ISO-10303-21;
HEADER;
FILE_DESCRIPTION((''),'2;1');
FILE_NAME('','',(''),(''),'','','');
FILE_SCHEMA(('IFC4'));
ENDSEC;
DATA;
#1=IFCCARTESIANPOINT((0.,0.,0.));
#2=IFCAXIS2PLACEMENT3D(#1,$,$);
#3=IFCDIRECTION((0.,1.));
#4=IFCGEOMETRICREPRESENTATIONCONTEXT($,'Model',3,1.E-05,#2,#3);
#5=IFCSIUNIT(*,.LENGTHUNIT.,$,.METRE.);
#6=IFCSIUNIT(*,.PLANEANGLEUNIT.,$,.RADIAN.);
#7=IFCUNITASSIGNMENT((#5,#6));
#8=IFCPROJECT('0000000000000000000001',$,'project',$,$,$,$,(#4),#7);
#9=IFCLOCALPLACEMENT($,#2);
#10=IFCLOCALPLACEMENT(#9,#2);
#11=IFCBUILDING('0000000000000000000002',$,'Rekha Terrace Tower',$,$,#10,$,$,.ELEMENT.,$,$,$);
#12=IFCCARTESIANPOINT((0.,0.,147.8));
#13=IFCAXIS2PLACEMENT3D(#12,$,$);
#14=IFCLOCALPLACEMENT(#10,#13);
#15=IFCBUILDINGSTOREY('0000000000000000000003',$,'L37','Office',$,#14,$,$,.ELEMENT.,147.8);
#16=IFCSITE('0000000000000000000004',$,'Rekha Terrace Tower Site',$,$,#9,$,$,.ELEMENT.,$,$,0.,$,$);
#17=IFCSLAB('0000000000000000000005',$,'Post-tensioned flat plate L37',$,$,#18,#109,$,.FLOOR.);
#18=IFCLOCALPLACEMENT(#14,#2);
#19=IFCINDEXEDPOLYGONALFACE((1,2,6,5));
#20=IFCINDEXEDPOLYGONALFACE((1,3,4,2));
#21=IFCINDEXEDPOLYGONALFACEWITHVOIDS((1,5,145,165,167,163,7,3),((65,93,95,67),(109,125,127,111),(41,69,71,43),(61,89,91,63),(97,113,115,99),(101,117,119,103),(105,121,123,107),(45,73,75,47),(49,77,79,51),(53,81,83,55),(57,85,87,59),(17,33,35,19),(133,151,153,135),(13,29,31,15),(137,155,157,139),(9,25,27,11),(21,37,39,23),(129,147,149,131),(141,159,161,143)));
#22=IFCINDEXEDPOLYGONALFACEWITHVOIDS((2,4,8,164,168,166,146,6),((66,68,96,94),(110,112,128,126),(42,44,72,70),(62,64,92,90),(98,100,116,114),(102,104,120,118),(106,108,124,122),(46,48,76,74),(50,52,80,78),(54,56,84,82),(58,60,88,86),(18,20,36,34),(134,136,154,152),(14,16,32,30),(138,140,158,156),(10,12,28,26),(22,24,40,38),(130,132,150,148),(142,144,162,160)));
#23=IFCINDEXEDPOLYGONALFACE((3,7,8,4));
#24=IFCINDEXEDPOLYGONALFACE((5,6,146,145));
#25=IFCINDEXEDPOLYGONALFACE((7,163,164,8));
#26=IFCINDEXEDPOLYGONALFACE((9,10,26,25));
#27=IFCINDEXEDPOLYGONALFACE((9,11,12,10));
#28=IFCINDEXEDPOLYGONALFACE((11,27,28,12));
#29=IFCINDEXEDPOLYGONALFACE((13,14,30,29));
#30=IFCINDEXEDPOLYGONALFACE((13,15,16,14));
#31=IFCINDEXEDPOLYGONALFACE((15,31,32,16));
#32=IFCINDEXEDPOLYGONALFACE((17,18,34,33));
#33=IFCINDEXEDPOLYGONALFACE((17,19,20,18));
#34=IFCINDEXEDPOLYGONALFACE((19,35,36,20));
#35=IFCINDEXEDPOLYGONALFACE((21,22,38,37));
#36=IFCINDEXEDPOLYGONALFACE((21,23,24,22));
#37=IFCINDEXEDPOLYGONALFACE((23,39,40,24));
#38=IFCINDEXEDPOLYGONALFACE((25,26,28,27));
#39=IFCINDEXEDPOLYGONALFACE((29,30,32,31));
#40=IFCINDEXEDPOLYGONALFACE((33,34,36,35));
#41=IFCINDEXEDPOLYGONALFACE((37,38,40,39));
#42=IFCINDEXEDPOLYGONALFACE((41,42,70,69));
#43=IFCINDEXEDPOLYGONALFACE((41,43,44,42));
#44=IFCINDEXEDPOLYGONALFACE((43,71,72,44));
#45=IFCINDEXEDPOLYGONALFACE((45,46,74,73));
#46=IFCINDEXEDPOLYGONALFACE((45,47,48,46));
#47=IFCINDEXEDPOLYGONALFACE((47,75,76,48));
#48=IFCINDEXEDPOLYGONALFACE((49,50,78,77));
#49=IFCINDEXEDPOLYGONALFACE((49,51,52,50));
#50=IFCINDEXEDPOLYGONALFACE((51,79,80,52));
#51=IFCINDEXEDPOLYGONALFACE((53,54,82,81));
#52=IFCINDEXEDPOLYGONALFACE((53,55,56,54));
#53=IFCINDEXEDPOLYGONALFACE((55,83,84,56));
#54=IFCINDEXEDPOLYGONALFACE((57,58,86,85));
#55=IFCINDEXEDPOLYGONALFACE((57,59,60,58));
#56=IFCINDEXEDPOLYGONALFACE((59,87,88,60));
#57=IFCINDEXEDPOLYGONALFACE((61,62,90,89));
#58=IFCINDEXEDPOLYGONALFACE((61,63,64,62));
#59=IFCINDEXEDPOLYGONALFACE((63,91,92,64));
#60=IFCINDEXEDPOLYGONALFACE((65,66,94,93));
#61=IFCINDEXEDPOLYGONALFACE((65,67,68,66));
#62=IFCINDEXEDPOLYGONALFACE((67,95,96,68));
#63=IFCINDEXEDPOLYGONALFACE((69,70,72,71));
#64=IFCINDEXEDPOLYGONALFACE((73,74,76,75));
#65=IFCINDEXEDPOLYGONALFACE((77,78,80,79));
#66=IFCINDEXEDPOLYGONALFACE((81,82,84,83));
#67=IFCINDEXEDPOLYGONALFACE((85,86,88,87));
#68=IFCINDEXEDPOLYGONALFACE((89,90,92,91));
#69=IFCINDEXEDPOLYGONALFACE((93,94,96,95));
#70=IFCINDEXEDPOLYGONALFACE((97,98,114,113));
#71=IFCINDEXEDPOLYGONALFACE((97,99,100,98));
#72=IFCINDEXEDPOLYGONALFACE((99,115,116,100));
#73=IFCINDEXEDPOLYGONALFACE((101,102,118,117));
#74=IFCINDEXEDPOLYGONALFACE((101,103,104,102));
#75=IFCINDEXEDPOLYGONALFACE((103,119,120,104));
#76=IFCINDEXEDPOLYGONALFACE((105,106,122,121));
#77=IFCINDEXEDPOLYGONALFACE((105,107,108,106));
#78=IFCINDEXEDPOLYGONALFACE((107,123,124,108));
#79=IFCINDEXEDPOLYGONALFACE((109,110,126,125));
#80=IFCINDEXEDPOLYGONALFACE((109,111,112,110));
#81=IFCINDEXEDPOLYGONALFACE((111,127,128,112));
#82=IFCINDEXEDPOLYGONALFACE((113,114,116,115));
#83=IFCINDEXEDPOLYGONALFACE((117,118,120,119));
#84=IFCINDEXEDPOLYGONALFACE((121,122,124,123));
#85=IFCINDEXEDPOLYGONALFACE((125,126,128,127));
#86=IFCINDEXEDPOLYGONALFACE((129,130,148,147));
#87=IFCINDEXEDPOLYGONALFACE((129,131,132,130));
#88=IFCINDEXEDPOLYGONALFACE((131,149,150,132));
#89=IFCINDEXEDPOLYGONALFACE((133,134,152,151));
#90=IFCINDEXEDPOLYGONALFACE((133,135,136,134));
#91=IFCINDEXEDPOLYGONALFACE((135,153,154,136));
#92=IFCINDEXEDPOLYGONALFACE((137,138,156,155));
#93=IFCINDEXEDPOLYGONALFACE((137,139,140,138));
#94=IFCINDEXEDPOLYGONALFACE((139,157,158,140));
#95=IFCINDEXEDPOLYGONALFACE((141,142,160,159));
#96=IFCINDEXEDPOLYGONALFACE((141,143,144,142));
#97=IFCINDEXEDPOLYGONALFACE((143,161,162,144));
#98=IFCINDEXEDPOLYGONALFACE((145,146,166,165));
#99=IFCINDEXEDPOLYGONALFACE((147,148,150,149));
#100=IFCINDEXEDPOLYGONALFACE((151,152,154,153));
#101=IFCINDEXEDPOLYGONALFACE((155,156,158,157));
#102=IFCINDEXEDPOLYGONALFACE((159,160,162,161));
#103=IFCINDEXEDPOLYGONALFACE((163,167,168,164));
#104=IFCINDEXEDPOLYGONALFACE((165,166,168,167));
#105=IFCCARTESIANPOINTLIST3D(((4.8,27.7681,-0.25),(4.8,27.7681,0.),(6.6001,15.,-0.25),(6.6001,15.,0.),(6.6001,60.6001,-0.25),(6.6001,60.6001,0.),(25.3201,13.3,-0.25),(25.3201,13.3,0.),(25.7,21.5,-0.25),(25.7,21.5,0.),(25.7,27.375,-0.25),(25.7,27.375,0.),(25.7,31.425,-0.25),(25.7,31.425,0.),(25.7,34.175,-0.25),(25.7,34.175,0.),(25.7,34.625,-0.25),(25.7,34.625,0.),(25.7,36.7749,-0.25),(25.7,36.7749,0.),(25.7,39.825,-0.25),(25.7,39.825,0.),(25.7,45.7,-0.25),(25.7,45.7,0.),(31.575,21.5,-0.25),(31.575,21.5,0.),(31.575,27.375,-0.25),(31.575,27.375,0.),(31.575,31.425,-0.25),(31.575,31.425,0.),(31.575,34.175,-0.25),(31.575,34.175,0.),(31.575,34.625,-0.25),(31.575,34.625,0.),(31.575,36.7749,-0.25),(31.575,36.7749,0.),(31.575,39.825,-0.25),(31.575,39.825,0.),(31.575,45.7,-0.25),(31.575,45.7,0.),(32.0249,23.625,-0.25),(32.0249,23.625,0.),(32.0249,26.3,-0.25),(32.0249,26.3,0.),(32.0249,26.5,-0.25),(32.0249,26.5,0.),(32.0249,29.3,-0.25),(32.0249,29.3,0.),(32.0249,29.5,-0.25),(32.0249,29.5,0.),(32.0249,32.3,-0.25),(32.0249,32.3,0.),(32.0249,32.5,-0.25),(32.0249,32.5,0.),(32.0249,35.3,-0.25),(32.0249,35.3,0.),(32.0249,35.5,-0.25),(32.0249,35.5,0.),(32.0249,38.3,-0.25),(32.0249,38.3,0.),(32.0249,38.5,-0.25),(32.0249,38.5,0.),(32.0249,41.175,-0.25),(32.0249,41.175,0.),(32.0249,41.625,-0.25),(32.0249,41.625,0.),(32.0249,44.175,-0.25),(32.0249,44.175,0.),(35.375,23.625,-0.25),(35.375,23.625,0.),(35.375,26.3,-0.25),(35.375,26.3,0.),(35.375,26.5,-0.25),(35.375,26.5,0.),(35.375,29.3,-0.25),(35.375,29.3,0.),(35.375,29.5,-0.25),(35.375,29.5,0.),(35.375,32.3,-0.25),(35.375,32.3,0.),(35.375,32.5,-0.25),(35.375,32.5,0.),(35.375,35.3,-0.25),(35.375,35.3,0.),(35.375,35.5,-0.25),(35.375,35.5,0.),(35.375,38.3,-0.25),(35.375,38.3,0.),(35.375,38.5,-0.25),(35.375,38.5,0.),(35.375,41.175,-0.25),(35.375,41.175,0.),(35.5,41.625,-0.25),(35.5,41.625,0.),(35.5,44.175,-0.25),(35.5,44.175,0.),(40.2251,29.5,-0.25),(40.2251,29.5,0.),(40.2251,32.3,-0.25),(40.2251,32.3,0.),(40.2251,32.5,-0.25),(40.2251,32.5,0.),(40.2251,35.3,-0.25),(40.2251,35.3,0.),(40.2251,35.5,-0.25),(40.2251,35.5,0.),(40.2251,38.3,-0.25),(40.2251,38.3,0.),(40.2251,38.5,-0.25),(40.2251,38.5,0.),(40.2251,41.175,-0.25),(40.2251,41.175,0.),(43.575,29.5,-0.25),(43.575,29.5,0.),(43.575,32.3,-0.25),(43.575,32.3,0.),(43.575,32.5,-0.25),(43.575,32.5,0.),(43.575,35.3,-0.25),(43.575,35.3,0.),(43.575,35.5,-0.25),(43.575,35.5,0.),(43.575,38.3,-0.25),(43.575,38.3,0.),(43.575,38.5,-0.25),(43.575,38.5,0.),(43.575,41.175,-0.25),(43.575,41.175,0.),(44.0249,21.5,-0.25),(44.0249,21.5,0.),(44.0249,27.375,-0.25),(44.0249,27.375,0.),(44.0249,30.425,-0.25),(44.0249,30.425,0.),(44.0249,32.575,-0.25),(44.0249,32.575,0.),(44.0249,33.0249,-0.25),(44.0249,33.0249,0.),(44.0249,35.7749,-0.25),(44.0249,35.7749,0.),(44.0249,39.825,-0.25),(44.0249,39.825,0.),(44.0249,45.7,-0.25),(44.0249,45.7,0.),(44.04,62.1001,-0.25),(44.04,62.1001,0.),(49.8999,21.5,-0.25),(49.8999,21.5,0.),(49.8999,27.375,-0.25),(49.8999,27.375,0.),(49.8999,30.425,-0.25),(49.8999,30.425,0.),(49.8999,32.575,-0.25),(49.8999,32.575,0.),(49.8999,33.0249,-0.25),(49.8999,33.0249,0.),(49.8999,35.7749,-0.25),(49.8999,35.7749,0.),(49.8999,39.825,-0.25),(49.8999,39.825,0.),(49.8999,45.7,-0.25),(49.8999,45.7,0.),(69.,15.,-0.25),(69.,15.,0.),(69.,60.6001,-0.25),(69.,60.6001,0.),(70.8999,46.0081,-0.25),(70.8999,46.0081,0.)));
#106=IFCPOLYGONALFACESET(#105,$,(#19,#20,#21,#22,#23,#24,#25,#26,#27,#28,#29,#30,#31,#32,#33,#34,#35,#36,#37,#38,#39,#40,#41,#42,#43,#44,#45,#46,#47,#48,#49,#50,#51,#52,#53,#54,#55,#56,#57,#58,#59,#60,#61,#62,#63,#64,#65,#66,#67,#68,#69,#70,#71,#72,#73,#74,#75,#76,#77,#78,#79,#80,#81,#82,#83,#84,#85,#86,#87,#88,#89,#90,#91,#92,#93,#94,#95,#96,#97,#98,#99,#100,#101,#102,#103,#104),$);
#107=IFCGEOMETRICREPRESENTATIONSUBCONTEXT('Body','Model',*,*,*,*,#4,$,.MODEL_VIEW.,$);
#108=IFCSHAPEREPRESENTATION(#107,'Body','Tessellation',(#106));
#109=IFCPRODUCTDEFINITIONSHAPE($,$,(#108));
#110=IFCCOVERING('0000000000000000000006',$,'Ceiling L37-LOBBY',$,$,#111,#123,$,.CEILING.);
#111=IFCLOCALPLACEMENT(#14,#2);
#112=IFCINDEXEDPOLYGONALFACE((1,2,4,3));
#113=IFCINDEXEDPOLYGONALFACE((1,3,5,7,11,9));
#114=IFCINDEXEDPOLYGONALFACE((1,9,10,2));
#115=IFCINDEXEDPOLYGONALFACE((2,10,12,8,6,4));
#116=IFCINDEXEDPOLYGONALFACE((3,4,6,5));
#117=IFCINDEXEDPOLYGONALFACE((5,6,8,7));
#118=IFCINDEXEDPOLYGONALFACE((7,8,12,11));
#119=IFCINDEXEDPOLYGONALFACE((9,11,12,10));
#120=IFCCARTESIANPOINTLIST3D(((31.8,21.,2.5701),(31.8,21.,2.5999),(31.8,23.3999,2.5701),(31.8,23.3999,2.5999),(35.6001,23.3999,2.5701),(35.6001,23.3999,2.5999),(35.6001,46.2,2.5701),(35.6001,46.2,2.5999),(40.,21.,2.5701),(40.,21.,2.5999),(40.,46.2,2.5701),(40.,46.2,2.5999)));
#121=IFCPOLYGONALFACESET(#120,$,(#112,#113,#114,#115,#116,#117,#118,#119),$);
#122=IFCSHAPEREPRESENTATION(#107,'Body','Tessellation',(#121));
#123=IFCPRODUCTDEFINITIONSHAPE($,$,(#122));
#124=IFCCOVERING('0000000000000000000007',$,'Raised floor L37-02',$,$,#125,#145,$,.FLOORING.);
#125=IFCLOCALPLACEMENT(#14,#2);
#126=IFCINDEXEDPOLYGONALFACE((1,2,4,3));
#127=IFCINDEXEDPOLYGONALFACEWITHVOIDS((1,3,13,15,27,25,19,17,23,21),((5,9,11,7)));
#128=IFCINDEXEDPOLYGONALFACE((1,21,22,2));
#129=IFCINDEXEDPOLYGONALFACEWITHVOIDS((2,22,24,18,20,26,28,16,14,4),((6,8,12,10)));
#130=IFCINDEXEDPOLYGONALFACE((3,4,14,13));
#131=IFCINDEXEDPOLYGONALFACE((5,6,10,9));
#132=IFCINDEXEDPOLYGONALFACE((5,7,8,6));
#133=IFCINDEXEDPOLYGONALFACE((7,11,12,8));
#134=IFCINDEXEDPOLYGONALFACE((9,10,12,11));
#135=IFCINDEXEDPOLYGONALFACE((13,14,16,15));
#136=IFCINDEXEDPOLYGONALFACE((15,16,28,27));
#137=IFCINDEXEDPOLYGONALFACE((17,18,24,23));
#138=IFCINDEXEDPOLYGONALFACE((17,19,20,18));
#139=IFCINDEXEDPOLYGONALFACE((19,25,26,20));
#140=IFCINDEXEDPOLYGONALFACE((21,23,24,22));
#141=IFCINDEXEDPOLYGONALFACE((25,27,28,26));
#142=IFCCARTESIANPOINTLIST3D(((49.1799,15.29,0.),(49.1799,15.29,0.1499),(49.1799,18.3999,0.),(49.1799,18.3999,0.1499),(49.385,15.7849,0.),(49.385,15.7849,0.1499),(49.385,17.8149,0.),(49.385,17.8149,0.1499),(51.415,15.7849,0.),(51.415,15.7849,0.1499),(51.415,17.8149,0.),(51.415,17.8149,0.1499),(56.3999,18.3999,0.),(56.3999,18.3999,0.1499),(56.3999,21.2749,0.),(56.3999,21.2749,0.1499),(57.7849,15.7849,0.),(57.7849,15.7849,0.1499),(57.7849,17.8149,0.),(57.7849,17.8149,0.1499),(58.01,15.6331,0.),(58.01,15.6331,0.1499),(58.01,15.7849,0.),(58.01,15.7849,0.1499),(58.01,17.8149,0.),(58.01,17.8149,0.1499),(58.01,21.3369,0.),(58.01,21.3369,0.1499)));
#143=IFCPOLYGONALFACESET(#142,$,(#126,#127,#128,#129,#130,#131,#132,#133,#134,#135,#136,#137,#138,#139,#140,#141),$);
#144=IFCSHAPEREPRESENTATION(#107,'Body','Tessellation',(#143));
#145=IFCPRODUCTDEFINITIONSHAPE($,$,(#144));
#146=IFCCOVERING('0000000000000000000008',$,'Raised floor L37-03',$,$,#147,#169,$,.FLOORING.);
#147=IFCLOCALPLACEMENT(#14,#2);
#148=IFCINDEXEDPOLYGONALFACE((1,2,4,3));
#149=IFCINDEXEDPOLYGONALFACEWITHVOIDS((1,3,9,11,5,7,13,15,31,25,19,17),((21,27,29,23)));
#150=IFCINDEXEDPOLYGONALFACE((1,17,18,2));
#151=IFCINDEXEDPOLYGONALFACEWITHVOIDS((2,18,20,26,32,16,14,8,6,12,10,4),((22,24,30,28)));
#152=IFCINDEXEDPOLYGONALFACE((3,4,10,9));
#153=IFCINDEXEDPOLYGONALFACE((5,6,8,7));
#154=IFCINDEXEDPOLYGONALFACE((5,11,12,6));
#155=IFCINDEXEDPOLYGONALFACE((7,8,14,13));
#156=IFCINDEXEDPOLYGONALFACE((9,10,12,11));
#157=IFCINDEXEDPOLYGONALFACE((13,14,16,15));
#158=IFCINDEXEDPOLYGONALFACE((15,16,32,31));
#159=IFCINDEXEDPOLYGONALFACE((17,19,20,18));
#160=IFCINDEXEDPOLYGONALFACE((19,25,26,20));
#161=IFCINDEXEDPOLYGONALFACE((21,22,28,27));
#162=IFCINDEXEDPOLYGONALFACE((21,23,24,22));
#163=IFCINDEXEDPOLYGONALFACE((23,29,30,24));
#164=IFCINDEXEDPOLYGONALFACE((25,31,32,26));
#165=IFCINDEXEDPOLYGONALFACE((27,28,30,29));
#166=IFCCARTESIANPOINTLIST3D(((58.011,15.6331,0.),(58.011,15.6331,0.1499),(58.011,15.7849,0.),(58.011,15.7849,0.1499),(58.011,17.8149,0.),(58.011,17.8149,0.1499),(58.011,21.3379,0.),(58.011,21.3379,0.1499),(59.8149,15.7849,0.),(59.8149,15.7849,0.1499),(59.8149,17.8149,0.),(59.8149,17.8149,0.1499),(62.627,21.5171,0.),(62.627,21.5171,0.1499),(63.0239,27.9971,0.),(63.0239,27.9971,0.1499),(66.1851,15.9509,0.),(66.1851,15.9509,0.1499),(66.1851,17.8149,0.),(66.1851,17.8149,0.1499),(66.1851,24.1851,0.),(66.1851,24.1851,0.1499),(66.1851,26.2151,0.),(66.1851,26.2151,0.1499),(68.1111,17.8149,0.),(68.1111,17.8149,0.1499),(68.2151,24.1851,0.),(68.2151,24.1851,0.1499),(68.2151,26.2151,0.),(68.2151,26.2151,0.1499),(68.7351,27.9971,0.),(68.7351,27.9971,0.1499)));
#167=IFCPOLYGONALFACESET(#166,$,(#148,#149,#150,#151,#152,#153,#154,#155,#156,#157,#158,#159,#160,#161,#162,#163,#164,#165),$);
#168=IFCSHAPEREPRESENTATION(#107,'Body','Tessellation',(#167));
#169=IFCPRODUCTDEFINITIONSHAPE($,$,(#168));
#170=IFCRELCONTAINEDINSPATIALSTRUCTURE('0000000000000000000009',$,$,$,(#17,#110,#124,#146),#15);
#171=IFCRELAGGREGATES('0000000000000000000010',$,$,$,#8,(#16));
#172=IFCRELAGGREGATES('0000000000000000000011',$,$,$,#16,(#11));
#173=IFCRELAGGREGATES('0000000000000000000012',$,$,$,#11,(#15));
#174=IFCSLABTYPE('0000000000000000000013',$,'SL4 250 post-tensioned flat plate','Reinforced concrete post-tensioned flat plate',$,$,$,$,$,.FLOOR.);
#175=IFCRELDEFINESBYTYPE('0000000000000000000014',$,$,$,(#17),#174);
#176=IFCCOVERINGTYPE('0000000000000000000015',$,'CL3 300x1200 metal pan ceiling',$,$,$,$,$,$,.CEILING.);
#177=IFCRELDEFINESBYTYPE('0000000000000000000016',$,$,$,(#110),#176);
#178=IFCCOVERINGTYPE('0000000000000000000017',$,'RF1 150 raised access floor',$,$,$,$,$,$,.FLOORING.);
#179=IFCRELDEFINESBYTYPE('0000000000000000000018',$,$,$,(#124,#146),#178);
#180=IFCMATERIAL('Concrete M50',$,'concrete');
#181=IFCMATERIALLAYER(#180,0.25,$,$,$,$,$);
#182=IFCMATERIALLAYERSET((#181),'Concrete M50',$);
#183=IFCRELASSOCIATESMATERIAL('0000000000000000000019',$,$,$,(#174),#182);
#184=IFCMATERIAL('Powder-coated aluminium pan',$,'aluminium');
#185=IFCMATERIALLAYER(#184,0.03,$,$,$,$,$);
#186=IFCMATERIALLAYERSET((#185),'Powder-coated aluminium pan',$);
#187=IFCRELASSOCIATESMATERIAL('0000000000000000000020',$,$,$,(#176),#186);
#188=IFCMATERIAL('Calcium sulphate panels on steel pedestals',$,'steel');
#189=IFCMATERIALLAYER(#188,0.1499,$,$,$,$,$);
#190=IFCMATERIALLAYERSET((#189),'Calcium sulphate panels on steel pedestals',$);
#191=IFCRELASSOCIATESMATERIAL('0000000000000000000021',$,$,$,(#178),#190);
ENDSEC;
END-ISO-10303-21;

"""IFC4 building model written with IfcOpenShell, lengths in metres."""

from ifc_helpers import new_model, si_unit, direction, frame, origin, place, context, subcontext, project, spatial, polyline, outline, extrude, material, layer, layer_set, type_object, element, save


model = new_model("IFC4")

# Units and contexts
model_context = context("Model", 3, precision=1e-05, world=origin(), true_north=direction((0.0, 1.0)))
body_context = subcontext(model_context, "Body", "Model", "MODEL_VIEW")
ifc_project = project(units=[si_unit("LENGTHUNIT", "METRE"), si_unit("PLANEANGLEUNIT", "RADIAN")], contexts=[model_context])

# Site, building, storey
site_placement = place(None, origin())
site = spatial("IfcSite", under=ifc_project, at=site_placement, Name="Rekha Terrace Tower Site", CompositionType="ELEMENT", RefElevation=0.0)
building_placement = place(site_placement, origin())
building = spatial("IfcBuilding", under=site, at=building_placement, Name="Rekha Terrace Tower", CompositionType="ELEMENT")
storey_placement = place(building_placement, frame((0.0, 0.0, 147.8)))
storey = spatial("IfcBuildingStorey", under=building, at=storey_placement, Name="L37", Description="Office", CompositionType="ELEMENT", Elevation=147.8)

# Slab
ifc_material_1 = material(Name="Concrete M50", Category="concrete")
ifc_layer_1 = layer(ifc_material_1, 0.25)
ifc_layer_set_1 = layer_set([ifc_layer_1], Name="Concrete M50")
slab_type_1 = type_object("IfcSlabType", Name="SL4 250 post-tensioned flat plate", Description="Reinforced concrete post-tensioned flat plate", PredefinedType="FLOOR", material=ifc_layer_set_1)
slab_1_placement = place(storey_placement, frame((0.0, 0.0, -0.25)))
element("IfcSlab", 1, at=slab_1_placement, inside=storey, type_object=slab_type_1, Name="Post-tensioned flat plate L37", PredefinedType="FLOOR", context=body_context, shape_type="SweptSolid", body=[
    extrude(outline(polyline([(4.8, 27.7681), (6.6001, 15.0), (25.3201, 13.3), (69.0, 15.0), (70.8999, 46.0081), (69.0, 60.6001), (44.04, 62.1001), (6.6001, 60.6001), (4.8, 27.7681)]), holes=[polyline([(31.575, 27.375), (31.575, 21.5), (25.7, 21.5), (25.7, 27.375), (31.575, 27.375)]), polyline([(35.375, 26.3), (35.375, 23.625), (32.0249, 23.625), (32.0249, 26.3), (35.375, 26.3)]), polyline([(35.375, 29.3), (35.375, 26.5), (32.0249, 26.5), (32.0249, 29.3), (35.375, 29.3)]), polyline([(35.375, 32.3), (35.375, 29.5), (32.0249, 29.5), (32.0249, 32.3), (35.375, 32.3)]), polyline([(31.575, 34.175), (31.575, 31.425), (25.7, 31.425), (25.7, 34.175), (31.575, 34.175)]), polyline([(35.375, 35.3), (35.375, 32.5), (32.0249, 32.5), (32.0249, 35.3), (35.375, 35.3)]), polyline([(31.575, 36.7749), (31.575, 34.625), (25.7, 34.625), (25.7, 36.7749), (31.575, 36.7749)]), polyline([(35.375, 35.5), (32.0249, 35.5), (32.0249, 38.3), (35.375, 38.3), (35.375, 35.5)]), polyline([(35.375, 38.5), (32.0249, 38.5), (32.0249, 41.175), (35.375, 41.175), (35.375, 38.5)]), polyline([(31.575, 45.7), (31.575, 39.825), (25.7, 39.825), (25.7, 45.7), (31.575, 45.7)]), polyline([(49.8999, 27.375), (49.8999, 21.5), (44.0249, 21.5), (44.0249, 27.375), (49.8999, 27.375)]), polyline([(43.575, 32.3), (43.575, 29.5), (40.2251, 29.5), (40.2251, 32.3), (43.575, 32.3)]), polyline([(49.8999, 30.425), (44.0249, 30.425), (44.0249, 32.575), (49.8999, 32.575), (49.8999, 30.425)]), polyline([(43.575, 32.5), (40.2251, 32.5), (40.2251, 35.3), (43.575, 35.3), (43.575, 32.5)]), polyline([(49.8999, 35.7749), (49.8999, 33.0249), (44.0249, 33.0249), (44.0249, 35.7749), (49.8999, 35.7749)]), polyline([(43.575, 38.3), (43.575, 35.5), (40.2251, 35.5), (40.2251, 38.3), (43.575, 38.3)]), polyline([(43.575, 41.175), (43.575, 38.5), (40.2251, 38.5), (40.2251, 41.175), (43.575, 41.175)]), polyline([(49.8999, 39.825), (44.0249, 39.825), (44.0249, 45.7), (49.8999, 45.7), (49.8999, 39.825)]), polyline([(35.5, 41.625), (32.0249, 41.625), (32.0249, 44.175), (35.5, 44.175), (35.5, 41.625)])]), origin(), (0.0, 0.0, 1.0), 0.25),
])

# Coverings
ifc_material_2 = material(Name="Powder-coated aluminium pan", Category="aluminium")
ifc_layer_2 = layer(ifc_material_2, 0.03)
ifc_layer_set_2 = layer_set([ifc_layer_2], Name="Powder-coated aluminium pan")
covering_type_1 = type_object("IfcCoveringType", Name="CL3 300x1200 metal pan ceiling", PredefinedType="CEILING", material=ifc_layer_set_2)
covering_1_placement = place(storey_placement, frame((0.0, 0.0, 2.5701)))
element("IfcCovering", 2, at=covering_1_placement, inside=storey, type_object=covering_type_1, Name="Ceiling L37-LOBBY", PredefinedType="CEILING", context=body_context, shape_type="SweptSolid", body=[
    extrude(outline(polyline([(35.6001, 46.2), (35.6001, 23.3999), (31.8, 23.3999), (31.8, 21.0), (40.0, 21.0), (40.0, 46.2), (35.6001, 46.2)])), origin(), (0.0, 0.0, 1.0), 0.0298),
])
ifc_material_3 = material(Name="Calcium sulphate panels on steel pedestals", Category="steel")
ifc_layer_3 = layer(ifc_material_3, 0.1499)
ifc_layer_set_3 = layer_set([ifc_layer_3], Name="Calcium sulphate panels on steel pedestals")
covering_type_2 = type_object("IfcCoveringType", Name="RF1 150 raised access floor", PredefinedType="FLOORING", material=ifc_layer_set_3)
covering_2_placement = place(storey_placement, origin())
element("IfcCovering", 3, at=covering_2_placement, inside=storey, type_object=covering_type_2, Name="Raised floor L37-02", PredefinedType="FLOORING", context=body_context, shape_type="SweptSolid", body=[
    extrude(outline(polyline([(58.01, 17.8149), (58.01, 21.3369), (56.3999, 21.2749), (56.3999, 18.3999), (49.1799, 18.3999), (49.1799, 15.29), (58.01, 15.6331), (58.01, 15.7849), (57.7849, 15.7849), (57.7849, 17.8149), (58.01, 17.8149)]), holes=[polyline([(51.415, 15.7849), (49.385, 15.7849), (49.385, 17.8149), (51.415, 17.8149), (51.415, 15.7849)])]), origin(), (0.0, 0.0, 1.0), 0.1499),
])
covering_3_placement = place(storey_placement, origin())
element("IfcCovering", 4, at=covering_3_placement, inside=storey, type_object=covering_type_2, Name="Raised floor L37-03", PredefinedType="FLOORING", context=body_context, shape_type="SweptSolid", body=[
    extrude(outline(polyline([(68.1111, 17.8149), (68.7351, 27.9971), (63.0239, 27.9971), (62.627, 21.5171), (58.011, 21.3379), (58.011, 17.8149), (59.8149, 17.8149), (59.8149, 15.7849), (58.011, 15.7849), (58.011, 15.6331), (66.1851, 15.9509), (66.1851, 17.8149), (68.1111, 17.8149)]), holes=[polyline([(68.2151, 24.1851), (66.1851, 24.1851), (66.1851, 26.2151), (68.2151, 26.2151), (68.2151, 24.1851)])]), origin(), (0.0, 0.0, 1.0), 0.1499),
])

save(model, "model.ifc")
